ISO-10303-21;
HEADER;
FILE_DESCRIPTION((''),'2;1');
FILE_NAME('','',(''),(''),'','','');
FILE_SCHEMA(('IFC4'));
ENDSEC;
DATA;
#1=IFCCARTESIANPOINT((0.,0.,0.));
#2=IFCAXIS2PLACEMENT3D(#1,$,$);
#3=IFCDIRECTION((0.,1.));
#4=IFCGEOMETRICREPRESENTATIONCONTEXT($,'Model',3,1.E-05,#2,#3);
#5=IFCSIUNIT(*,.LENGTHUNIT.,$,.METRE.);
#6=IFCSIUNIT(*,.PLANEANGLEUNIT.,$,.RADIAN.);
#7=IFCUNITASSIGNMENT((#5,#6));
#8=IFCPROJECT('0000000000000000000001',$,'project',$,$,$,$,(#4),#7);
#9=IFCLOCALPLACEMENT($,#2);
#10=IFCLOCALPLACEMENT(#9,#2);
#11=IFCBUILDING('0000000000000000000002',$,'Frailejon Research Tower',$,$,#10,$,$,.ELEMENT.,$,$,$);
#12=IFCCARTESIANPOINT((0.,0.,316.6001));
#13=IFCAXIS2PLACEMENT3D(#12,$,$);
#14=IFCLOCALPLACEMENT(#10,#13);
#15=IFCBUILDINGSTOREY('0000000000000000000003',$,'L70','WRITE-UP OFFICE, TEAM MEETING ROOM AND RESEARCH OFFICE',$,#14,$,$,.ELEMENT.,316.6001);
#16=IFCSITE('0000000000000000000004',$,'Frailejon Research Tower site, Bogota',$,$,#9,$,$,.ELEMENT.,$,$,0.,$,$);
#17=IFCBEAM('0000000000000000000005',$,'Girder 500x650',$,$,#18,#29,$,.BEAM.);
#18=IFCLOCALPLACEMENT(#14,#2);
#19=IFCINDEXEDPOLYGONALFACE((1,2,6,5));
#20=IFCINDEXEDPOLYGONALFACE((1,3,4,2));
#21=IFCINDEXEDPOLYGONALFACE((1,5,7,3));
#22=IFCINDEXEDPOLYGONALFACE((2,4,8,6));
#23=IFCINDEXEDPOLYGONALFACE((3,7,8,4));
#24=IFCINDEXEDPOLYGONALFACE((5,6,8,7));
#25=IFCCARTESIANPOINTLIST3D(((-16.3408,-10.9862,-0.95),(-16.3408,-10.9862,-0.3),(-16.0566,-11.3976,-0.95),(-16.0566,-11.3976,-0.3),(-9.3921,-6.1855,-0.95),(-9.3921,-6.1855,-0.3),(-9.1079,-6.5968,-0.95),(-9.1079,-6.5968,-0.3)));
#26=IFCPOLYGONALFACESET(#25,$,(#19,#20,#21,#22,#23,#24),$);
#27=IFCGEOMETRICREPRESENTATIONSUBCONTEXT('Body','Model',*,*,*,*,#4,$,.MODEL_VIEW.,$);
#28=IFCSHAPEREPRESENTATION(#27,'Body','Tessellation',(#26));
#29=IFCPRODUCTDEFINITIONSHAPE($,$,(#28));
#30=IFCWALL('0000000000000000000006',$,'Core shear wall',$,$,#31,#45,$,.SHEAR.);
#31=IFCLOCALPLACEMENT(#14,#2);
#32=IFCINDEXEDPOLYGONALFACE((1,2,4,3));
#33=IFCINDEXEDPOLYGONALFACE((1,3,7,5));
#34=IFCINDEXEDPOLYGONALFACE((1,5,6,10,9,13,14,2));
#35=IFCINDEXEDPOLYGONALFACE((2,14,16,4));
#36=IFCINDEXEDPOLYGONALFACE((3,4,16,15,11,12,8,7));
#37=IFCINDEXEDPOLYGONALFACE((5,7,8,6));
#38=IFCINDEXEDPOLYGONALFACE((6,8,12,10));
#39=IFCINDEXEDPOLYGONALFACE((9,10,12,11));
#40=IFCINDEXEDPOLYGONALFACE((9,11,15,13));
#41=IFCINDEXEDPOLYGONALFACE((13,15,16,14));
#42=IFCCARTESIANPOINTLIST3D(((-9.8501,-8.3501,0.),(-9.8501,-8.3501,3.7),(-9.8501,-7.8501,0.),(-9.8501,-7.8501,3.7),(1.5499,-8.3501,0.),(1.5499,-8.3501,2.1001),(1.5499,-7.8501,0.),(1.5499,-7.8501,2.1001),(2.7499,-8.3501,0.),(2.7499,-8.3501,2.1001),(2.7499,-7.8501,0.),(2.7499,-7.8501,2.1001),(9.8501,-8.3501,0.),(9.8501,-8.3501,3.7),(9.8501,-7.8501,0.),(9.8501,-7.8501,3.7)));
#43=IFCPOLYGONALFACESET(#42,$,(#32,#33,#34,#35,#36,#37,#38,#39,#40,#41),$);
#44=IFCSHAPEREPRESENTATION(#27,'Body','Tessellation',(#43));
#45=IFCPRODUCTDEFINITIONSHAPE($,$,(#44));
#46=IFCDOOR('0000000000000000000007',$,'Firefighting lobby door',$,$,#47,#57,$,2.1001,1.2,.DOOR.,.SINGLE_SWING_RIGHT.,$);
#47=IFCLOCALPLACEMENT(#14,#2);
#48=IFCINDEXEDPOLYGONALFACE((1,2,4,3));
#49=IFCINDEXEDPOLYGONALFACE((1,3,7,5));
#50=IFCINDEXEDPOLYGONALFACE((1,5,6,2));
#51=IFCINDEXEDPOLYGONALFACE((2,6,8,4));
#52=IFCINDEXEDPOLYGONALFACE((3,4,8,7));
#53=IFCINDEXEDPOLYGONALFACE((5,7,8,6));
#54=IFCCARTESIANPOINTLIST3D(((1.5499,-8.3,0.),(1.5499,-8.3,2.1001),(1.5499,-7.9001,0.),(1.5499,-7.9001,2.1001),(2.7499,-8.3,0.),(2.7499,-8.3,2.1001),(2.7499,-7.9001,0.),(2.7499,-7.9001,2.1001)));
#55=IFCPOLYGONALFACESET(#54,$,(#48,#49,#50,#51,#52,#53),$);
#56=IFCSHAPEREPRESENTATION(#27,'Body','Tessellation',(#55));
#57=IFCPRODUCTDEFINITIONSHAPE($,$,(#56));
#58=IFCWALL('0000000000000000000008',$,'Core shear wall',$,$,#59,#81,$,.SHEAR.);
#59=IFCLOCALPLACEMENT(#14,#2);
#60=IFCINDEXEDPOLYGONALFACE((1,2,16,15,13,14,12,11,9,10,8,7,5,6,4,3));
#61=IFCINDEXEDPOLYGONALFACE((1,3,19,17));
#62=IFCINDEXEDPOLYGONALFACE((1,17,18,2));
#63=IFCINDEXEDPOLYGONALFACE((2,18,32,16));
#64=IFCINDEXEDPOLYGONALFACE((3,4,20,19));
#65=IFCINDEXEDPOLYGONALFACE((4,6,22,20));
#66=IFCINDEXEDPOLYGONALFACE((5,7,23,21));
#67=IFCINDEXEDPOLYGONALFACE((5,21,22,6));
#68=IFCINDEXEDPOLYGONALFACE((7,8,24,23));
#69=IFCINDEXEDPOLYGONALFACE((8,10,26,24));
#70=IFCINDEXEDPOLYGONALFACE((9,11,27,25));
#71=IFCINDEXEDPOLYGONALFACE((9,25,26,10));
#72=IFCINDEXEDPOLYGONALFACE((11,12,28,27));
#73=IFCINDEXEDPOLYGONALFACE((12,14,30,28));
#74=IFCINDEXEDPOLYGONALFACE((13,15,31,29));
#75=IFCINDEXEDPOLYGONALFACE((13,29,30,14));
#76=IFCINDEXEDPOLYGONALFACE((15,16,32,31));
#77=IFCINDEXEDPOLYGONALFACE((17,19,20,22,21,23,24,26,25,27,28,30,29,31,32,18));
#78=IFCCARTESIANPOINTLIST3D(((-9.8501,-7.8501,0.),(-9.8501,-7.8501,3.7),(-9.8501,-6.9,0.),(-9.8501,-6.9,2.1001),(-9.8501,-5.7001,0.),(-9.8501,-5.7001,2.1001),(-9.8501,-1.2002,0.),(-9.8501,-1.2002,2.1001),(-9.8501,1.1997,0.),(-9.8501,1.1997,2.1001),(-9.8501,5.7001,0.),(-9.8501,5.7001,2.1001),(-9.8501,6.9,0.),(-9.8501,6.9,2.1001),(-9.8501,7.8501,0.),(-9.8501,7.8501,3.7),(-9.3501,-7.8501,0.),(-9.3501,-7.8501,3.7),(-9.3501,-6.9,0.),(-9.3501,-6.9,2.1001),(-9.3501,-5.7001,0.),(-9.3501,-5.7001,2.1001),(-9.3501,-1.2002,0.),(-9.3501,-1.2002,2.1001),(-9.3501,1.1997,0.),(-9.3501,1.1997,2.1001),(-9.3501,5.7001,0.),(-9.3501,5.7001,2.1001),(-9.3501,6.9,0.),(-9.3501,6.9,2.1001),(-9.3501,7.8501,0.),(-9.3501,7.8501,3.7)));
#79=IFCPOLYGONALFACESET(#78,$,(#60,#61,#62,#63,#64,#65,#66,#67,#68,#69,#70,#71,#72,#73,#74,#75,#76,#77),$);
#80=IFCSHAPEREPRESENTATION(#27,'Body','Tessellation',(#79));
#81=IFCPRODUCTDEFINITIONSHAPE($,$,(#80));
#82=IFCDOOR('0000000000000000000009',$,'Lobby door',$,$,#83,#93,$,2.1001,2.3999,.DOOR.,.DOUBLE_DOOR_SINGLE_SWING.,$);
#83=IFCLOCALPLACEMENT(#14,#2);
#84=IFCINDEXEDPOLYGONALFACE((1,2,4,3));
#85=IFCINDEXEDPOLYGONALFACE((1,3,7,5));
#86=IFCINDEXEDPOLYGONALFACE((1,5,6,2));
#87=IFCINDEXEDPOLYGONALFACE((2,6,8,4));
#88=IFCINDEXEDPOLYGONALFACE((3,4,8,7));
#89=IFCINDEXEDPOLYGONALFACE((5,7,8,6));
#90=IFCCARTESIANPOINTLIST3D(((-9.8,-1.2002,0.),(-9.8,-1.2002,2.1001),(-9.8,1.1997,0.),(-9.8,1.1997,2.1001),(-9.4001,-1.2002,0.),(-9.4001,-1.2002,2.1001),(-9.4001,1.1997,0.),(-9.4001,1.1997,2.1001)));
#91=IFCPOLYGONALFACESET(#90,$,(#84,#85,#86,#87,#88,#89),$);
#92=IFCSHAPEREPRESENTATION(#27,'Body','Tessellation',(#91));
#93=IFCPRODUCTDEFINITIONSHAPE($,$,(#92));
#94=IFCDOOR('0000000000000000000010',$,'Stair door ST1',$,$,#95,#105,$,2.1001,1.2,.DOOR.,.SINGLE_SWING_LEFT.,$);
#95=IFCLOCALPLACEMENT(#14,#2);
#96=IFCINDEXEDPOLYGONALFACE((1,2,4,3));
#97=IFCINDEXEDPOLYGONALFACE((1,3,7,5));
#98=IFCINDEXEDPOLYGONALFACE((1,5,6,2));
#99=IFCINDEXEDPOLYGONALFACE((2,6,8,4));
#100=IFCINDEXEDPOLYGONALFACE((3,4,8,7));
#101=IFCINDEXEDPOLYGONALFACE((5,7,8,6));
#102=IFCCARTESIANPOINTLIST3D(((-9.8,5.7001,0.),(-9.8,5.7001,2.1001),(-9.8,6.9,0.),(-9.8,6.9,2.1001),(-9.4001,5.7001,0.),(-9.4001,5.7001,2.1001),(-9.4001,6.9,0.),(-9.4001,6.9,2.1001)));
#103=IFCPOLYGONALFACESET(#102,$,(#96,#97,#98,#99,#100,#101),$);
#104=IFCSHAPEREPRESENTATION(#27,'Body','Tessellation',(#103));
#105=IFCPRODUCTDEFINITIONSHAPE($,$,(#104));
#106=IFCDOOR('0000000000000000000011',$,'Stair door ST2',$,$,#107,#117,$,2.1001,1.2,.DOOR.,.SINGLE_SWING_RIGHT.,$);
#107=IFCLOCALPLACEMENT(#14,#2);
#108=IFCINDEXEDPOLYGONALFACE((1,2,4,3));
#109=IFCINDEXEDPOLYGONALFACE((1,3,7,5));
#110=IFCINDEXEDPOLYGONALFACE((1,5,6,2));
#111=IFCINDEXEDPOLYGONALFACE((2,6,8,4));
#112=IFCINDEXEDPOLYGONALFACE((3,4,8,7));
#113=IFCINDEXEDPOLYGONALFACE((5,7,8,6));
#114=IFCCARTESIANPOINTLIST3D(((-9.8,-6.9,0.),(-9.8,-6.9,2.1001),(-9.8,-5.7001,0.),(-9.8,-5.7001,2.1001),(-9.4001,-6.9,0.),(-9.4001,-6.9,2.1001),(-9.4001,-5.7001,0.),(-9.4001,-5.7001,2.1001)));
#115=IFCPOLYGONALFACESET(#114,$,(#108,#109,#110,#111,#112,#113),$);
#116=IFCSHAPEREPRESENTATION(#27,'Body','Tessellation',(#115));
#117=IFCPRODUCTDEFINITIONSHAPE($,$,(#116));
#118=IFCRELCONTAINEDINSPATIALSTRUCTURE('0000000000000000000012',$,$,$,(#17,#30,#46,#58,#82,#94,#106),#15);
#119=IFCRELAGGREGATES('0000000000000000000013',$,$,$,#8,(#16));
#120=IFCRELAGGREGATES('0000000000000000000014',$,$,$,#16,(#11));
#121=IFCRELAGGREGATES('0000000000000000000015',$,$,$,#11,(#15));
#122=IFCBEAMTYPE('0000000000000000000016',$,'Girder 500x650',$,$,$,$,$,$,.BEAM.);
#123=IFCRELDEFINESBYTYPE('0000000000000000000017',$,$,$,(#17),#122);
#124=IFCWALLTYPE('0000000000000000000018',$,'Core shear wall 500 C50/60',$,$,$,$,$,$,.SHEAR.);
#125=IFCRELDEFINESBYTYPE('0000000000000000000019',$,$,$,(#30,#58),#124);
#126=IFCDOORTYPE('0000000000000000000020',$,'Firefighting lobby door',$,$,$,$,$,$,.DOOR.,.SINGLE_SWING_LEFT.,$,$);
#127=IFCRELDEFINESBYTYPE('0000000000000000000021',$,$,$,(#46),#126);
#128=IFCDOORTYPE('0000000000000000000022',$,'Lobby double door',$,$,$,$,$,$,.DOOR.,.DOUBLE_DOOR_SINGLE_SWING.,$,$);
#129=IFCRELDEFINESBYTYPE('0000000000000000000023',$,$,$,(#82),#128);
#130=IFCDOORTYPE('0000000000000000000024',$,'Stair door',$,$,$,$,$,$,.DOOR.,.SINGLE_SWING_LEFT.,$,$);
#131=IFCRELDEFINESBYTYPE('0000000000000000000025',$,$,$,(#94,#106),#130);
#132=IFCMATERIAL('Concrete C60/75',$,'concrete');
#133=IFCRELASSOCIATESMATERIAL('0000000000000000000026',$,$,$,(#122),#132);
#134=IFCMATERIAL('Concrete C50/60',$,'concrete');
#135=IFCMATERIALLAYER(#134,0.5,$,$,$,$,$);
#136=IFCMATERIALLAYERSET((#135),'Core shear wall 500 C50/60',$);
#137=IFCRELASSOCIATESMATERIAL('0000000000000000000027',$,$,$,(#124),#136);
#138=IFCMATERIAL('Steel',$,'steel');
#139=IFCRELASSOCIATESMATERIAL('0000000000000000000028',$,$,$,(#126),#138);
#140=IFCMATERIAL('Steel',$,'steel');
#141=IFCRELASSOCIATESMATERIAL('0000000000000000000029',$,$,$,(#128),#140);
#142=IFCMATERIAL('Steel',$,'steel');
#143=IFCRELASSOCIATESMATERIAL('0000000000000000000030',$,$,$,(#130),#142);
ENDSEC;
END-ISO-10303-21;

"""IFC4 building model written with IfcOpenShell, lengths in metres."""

from ifc_helpers import new_model, si_unit, direction, frame, frame_2d, origin, origin_2d, place, context, subcontext, project, spatial, rectangle, extrude, material, layer, layer_set, material_profile, profile_set, type_object, element, fill, save


model = new_model("IFC4")

# Units and contexts
model_context = context("Model", 3, precision=1e-05, world=origin(), true_north=direction((0.0, 1.0)))
body_context = subcontext(model_context, "Body", "Model", "MODEL_VIEW")
ifc_project = project(units=[si_unit("LENGTHUNIT", "METRE"), si_unit("PLANEANGLEUNIT", "RADIAN")], contexts=[model_context])

# Site, building, storey
site_placement = place(None, origin())
site = spatial("IfcSite", under=ifc_project, at=site_placement, Name="Frailejon Research Tower site, Bogota", CompositionType="ELEMENT", RefElevation=0.0)
building_placement = place(site_placement, origin())
building = spatial("IfcBuilding", under=site, at=building_placement, Name="Frailejon Research Tower", CompositionType="ELEMENT")
storey_placement = place(building_placement, frame((0.0, 0.0, 316.6001)))
storey = spatial("IfcBuildingStorey", under=building, at=storey_placement, Name="L70", Description="WRITE-UP OFFICE, TEAM MEETING ROOM AND RESEARCH OFFICE", CompositionType="ELEMENT", Elevation=316.6001)

# Beam
ifc_material_1 = material(Name="Concrete C60/75", Category="concrete")
ifc_material_profile = material_profile(ifc_material_1, rectangle(XDim=0.5, YDim=0.6499, at=origin_2d()), Name="Girder 500x650")
ifc_profile_set = profile_set([ifc_material_profile], Name="Concrete C60/75")
beam_type = type_object("IfcBeamType", Name="Girder 500x650", PredefinedType="BEAM", material=ifc_profile_set)
beam_placement = place(storey_placement, frame((-16.1987, -11.1919, -0.625), z_axis=(0.822739, 0.568419, 0.0), x_axis=(-0.568419, 0.822739, 0.0)))
element("IfcBeam", 1, at=beam_placement, inside=storey, type_object=beam_type, Name="Girder 500x650", PredefinedType="BEAM", context=body_context, shape_type="SweptSolid", body=[
    extrude(rectangle(XDim=0.5, YDim=0.6499, at=origin_2d()), origin(), (0.0, 0.0, 1.0), 8.4458),
])

# Wall, opening, door
ifc_material_2 = material(Name="Concrete C50/60", Category="concrete")
ifc_layer_1 = layer(ifc_material_2, 0.5)
ifc_layer_set_1 = layer_set([ifc_layer_1], Name="Core shear wall 500 C50/60")
wall_type_1 = type_object("IfcWallType", Name="Core shear wall 500 C50/60", PredefinedType="SHEAR", material=ifc_layer_set_1)
wall_1_placement = place(storey_placement, frame((-9.8501, -8.1001, 0.0), z_axis=(0.0, 0.0, 1.0), x_axis=(1.0, 0.0, 0.0)))
wall_1 = element("IfcWall", 2, at=wall_1_placement, inside=storey, type_object=wall_type_1, Name="Core shear wall", PredefinedType="SHEAR", context=body_context, shape_type="SweptSolid", body=[
    extrude(rectangle(XDim=19.7002, YDim=0.5, at=frame_2d((9.8501, 0.0))), origin(), (0.0, 0.0, 1.0), 3.7),
])
opening_1_placement = place(wall_1_placement, frame((11.3999, 0.0, 0.0)))
opening_1 = element("IfcOpeningElement", 3, at=opening_1_placement, cuts=wall_1, PredefinedType="OPENING", context=body_context, shape_type="SweptSolid", body=[
    extrude(rectangle(XDim=1.2, YDim=2.1001, at=frame_2d((0.6001, 1.05))), frame((0.0, 0.26, 0.0), z_axis=(0.0, -1.0, 0.0), x_axis=(1.0, 0.0, 0.0)), (0.0, 0.0, 1.0), 0.52),
])
ifc_material_3 = material(Name="Steel", Category="steel")
door_type_1 = type_object("IfcDoorType", Name="Firefighting lobby door", OperationType="SINGLE_SWING_LEFT", PredefinedType="DOOR", material=ifc_material_3)
door_1_placement = place(opening_1_placement, origin())
door_1 = element("IfcDoor", 4, at=door_1_placement, inside=storey, type_object=door_type_1, Name="Firefighting lobby door", OperationType="SINGLE_SWING_RIGHT", OverallHeight=2.1001, OverallWidth=1.2, PredefinedType="DOOR", context=body_context, shape_type="SweptSolid", body=[
    extrude(rectangle(XDim=1.2, YDim=2.1001, at=frame_2d((0.6001, 1.05))), frame((0.0, 0.2, 0.0), z_axis=(0.0, -1.0, 0.0), x_axis=(1.0, 0.0, 0.0)), (0.0, 0.0, 1.0), 0.3999),
])
fill(opening_1, door_1)

# Wall, openings, doors
wall_2_placement = place(storey_placement, frame((-9.6001, -7.8501, 0.0), z_axis=(0.0, 0.0, 1.0), x_axis=(0.0, 1.0, 0.0)))
wall_2 = element("IfcWall", 5, at=wall_2_placement, inside=storey, type_object=wall_type_1, Name="Core shear wall", PredefinedType="SHEAR", context=body_context, shape_type="SweptSolid", body=[
    extrude(rectangle(XDim=15.7002, YDim=0.5, at=frame_2d((7.8501, 0.0))), origin(), (0.0, 0.0, 1.0), 3.7),
])
opening_2_placement = place(wall_2_placement, frame((6.6499, 0.0, 0.0)))
opening_2 = element("IfcOpeningElement", 6, at=opening_2_placement, cuts=wall_2, PredefinedType="OPENING", context=body_context, shape_type="SweptSolid", body=[
    extrude(rectangle(XDim=2.3999, YDim=2.1001, at=frame_2d((1.2, 1.05))), frame((0.0, 0.26, 0.0), z_axis=(0.0, -1.0, 0.0), x_axis=(1.0, 0.0, 0.0)), (0.0, 0.0, 1.0), 0.52),
])
opening_3_placement = place(wall_2_placement, frame((13.55, 0.0, 0.0)))
opening_3 = element("IfcOpeningElement", 7, at=opening_3_placement, cuts=wall_2, PredefinedType="OPENING", context=body_context, shape_type="SweptSolid", body=[
    extrude(rectangle(XDim=1.2, YDim=2.1001, at=frame_2d((0.6001, 1.05))), frame((0.0, 0.26, 0.0), z_axis=(0.0, -1.0, 0.0), x_axis=(1.0, 0.0, 0.0)), (0.0, 0.0, 1.0), 0.52),
])
opening_4_placement = place(wall_2_placement, frame((0.95, 0.0, 0.0)))
opening_4 = element("IfcOpeningElement", 8, at=opening_4_placement, cuts=wall_2, PredefinedType="OPENING", context=body_context, shape_type="SweptSolid", body=[
    extrude(rectangle(XDim=1.2, YDim=2.1001, at=frame_2d((0.6001, 1.05))), frame((0.0, 0.26, 0.0), z_axis=(0.0, -1.0, 0.0), x_axis=(1.0, 0.0, 0.0)), (0.0, 0.0, 1.0), 0.52),
])
ifc_material_4 = material(Name="Steel", Category="steel")
door_type_2 = type_object("IfcDoorType", Name="Lobby double door", OperationType="DOUBLE_DOOR_SINGLE_SWING", PredefinedType="DOOR", material=ifc_material_4)
door_2_placement = place(opening_2_placement, origin())
door_2 = element("IfcDoor", 9, at=door_2_placement, inside=storey, type_object=door_type_2, Name="Lobby door", OperationType="DOUBLE_DOOR_SINGLE_SWING", OverallHeight=2.1001, OverallWidth=2.3999, PredefinedType="DOOR", context=body_context, shape_type="SweptSolid", body=[
    extrude(rectangle(XDim=2.3999, YDim=2.1001, at=frame_2d((1.2, 1.05))), frame((0.0, 0.2, 0.0), z_axis=(0.0, -1.0, 0.0), x_axis=(1.0, 0.0, 0.0)), (0.0, 0.0, 1.0), 0.3999),
])
fill(opening_2, door_2)
ifc_material_5 = material(Name="Steel", Category="steel")
door_type_3 = type_object("IfcDoorType", Name="Stair door", OperationType="SINGLE_SWING_LEFT", PredefinedType="DOOR", material=ifc_material_5)
door_3_placement = place(opening_3_placement, origin())
door_3 = element("IfcDoor", 10, at=door_3_placement, inside=storey, type_object=door_type_3, Name="Stair door ST1", OperationType="SINGLE_SWING_LEFT", OverallHeight=2.1001, OverallWidth=1.2, PredefinedType="DOOR", context=body_context, shape_type="SweptSolid", body=[
    extrude(rectangle(XDim=1.2, YDim=2.1001, at=frame_2d((0.6001, 1.05))), frame((0.0, 0.2, 0.0), z_axis=(0.0, -1.0, 0.0), x_axis=(1.0, 0.0, 0.0)), (0.0, 0.0, 1.0), 0.3999),
])
fill(opening_3, door_3)
door_4_placement = place(opening_4_placement, origin())
door_4 = element("IfcDoor", 11, at=door_4_placement, inside=storey, type_object=door_type_3, Name="Stair door ST2", OperationType="SINGLE_SWING_RIGHT", OverallHeight=2.1001, OverallWidth=1.2, PredefinedType="DOOR", context=body_context, shape_type="SweptSolid", body=[
    extrude(rectangle(XDim=1.2, YDim=2.1001, at=frame_2d((0.6001, 1.05))), frame((0.0, 0.2, 0.0), z_axis=(0.0, -1.0, 0.0), x_axis=(1.0, 0.0, 0.0)), (0.0, 0.0, 1.0), 0.3999),
])
fill(opening_4, door_4)

save(model, "model.ifc")
